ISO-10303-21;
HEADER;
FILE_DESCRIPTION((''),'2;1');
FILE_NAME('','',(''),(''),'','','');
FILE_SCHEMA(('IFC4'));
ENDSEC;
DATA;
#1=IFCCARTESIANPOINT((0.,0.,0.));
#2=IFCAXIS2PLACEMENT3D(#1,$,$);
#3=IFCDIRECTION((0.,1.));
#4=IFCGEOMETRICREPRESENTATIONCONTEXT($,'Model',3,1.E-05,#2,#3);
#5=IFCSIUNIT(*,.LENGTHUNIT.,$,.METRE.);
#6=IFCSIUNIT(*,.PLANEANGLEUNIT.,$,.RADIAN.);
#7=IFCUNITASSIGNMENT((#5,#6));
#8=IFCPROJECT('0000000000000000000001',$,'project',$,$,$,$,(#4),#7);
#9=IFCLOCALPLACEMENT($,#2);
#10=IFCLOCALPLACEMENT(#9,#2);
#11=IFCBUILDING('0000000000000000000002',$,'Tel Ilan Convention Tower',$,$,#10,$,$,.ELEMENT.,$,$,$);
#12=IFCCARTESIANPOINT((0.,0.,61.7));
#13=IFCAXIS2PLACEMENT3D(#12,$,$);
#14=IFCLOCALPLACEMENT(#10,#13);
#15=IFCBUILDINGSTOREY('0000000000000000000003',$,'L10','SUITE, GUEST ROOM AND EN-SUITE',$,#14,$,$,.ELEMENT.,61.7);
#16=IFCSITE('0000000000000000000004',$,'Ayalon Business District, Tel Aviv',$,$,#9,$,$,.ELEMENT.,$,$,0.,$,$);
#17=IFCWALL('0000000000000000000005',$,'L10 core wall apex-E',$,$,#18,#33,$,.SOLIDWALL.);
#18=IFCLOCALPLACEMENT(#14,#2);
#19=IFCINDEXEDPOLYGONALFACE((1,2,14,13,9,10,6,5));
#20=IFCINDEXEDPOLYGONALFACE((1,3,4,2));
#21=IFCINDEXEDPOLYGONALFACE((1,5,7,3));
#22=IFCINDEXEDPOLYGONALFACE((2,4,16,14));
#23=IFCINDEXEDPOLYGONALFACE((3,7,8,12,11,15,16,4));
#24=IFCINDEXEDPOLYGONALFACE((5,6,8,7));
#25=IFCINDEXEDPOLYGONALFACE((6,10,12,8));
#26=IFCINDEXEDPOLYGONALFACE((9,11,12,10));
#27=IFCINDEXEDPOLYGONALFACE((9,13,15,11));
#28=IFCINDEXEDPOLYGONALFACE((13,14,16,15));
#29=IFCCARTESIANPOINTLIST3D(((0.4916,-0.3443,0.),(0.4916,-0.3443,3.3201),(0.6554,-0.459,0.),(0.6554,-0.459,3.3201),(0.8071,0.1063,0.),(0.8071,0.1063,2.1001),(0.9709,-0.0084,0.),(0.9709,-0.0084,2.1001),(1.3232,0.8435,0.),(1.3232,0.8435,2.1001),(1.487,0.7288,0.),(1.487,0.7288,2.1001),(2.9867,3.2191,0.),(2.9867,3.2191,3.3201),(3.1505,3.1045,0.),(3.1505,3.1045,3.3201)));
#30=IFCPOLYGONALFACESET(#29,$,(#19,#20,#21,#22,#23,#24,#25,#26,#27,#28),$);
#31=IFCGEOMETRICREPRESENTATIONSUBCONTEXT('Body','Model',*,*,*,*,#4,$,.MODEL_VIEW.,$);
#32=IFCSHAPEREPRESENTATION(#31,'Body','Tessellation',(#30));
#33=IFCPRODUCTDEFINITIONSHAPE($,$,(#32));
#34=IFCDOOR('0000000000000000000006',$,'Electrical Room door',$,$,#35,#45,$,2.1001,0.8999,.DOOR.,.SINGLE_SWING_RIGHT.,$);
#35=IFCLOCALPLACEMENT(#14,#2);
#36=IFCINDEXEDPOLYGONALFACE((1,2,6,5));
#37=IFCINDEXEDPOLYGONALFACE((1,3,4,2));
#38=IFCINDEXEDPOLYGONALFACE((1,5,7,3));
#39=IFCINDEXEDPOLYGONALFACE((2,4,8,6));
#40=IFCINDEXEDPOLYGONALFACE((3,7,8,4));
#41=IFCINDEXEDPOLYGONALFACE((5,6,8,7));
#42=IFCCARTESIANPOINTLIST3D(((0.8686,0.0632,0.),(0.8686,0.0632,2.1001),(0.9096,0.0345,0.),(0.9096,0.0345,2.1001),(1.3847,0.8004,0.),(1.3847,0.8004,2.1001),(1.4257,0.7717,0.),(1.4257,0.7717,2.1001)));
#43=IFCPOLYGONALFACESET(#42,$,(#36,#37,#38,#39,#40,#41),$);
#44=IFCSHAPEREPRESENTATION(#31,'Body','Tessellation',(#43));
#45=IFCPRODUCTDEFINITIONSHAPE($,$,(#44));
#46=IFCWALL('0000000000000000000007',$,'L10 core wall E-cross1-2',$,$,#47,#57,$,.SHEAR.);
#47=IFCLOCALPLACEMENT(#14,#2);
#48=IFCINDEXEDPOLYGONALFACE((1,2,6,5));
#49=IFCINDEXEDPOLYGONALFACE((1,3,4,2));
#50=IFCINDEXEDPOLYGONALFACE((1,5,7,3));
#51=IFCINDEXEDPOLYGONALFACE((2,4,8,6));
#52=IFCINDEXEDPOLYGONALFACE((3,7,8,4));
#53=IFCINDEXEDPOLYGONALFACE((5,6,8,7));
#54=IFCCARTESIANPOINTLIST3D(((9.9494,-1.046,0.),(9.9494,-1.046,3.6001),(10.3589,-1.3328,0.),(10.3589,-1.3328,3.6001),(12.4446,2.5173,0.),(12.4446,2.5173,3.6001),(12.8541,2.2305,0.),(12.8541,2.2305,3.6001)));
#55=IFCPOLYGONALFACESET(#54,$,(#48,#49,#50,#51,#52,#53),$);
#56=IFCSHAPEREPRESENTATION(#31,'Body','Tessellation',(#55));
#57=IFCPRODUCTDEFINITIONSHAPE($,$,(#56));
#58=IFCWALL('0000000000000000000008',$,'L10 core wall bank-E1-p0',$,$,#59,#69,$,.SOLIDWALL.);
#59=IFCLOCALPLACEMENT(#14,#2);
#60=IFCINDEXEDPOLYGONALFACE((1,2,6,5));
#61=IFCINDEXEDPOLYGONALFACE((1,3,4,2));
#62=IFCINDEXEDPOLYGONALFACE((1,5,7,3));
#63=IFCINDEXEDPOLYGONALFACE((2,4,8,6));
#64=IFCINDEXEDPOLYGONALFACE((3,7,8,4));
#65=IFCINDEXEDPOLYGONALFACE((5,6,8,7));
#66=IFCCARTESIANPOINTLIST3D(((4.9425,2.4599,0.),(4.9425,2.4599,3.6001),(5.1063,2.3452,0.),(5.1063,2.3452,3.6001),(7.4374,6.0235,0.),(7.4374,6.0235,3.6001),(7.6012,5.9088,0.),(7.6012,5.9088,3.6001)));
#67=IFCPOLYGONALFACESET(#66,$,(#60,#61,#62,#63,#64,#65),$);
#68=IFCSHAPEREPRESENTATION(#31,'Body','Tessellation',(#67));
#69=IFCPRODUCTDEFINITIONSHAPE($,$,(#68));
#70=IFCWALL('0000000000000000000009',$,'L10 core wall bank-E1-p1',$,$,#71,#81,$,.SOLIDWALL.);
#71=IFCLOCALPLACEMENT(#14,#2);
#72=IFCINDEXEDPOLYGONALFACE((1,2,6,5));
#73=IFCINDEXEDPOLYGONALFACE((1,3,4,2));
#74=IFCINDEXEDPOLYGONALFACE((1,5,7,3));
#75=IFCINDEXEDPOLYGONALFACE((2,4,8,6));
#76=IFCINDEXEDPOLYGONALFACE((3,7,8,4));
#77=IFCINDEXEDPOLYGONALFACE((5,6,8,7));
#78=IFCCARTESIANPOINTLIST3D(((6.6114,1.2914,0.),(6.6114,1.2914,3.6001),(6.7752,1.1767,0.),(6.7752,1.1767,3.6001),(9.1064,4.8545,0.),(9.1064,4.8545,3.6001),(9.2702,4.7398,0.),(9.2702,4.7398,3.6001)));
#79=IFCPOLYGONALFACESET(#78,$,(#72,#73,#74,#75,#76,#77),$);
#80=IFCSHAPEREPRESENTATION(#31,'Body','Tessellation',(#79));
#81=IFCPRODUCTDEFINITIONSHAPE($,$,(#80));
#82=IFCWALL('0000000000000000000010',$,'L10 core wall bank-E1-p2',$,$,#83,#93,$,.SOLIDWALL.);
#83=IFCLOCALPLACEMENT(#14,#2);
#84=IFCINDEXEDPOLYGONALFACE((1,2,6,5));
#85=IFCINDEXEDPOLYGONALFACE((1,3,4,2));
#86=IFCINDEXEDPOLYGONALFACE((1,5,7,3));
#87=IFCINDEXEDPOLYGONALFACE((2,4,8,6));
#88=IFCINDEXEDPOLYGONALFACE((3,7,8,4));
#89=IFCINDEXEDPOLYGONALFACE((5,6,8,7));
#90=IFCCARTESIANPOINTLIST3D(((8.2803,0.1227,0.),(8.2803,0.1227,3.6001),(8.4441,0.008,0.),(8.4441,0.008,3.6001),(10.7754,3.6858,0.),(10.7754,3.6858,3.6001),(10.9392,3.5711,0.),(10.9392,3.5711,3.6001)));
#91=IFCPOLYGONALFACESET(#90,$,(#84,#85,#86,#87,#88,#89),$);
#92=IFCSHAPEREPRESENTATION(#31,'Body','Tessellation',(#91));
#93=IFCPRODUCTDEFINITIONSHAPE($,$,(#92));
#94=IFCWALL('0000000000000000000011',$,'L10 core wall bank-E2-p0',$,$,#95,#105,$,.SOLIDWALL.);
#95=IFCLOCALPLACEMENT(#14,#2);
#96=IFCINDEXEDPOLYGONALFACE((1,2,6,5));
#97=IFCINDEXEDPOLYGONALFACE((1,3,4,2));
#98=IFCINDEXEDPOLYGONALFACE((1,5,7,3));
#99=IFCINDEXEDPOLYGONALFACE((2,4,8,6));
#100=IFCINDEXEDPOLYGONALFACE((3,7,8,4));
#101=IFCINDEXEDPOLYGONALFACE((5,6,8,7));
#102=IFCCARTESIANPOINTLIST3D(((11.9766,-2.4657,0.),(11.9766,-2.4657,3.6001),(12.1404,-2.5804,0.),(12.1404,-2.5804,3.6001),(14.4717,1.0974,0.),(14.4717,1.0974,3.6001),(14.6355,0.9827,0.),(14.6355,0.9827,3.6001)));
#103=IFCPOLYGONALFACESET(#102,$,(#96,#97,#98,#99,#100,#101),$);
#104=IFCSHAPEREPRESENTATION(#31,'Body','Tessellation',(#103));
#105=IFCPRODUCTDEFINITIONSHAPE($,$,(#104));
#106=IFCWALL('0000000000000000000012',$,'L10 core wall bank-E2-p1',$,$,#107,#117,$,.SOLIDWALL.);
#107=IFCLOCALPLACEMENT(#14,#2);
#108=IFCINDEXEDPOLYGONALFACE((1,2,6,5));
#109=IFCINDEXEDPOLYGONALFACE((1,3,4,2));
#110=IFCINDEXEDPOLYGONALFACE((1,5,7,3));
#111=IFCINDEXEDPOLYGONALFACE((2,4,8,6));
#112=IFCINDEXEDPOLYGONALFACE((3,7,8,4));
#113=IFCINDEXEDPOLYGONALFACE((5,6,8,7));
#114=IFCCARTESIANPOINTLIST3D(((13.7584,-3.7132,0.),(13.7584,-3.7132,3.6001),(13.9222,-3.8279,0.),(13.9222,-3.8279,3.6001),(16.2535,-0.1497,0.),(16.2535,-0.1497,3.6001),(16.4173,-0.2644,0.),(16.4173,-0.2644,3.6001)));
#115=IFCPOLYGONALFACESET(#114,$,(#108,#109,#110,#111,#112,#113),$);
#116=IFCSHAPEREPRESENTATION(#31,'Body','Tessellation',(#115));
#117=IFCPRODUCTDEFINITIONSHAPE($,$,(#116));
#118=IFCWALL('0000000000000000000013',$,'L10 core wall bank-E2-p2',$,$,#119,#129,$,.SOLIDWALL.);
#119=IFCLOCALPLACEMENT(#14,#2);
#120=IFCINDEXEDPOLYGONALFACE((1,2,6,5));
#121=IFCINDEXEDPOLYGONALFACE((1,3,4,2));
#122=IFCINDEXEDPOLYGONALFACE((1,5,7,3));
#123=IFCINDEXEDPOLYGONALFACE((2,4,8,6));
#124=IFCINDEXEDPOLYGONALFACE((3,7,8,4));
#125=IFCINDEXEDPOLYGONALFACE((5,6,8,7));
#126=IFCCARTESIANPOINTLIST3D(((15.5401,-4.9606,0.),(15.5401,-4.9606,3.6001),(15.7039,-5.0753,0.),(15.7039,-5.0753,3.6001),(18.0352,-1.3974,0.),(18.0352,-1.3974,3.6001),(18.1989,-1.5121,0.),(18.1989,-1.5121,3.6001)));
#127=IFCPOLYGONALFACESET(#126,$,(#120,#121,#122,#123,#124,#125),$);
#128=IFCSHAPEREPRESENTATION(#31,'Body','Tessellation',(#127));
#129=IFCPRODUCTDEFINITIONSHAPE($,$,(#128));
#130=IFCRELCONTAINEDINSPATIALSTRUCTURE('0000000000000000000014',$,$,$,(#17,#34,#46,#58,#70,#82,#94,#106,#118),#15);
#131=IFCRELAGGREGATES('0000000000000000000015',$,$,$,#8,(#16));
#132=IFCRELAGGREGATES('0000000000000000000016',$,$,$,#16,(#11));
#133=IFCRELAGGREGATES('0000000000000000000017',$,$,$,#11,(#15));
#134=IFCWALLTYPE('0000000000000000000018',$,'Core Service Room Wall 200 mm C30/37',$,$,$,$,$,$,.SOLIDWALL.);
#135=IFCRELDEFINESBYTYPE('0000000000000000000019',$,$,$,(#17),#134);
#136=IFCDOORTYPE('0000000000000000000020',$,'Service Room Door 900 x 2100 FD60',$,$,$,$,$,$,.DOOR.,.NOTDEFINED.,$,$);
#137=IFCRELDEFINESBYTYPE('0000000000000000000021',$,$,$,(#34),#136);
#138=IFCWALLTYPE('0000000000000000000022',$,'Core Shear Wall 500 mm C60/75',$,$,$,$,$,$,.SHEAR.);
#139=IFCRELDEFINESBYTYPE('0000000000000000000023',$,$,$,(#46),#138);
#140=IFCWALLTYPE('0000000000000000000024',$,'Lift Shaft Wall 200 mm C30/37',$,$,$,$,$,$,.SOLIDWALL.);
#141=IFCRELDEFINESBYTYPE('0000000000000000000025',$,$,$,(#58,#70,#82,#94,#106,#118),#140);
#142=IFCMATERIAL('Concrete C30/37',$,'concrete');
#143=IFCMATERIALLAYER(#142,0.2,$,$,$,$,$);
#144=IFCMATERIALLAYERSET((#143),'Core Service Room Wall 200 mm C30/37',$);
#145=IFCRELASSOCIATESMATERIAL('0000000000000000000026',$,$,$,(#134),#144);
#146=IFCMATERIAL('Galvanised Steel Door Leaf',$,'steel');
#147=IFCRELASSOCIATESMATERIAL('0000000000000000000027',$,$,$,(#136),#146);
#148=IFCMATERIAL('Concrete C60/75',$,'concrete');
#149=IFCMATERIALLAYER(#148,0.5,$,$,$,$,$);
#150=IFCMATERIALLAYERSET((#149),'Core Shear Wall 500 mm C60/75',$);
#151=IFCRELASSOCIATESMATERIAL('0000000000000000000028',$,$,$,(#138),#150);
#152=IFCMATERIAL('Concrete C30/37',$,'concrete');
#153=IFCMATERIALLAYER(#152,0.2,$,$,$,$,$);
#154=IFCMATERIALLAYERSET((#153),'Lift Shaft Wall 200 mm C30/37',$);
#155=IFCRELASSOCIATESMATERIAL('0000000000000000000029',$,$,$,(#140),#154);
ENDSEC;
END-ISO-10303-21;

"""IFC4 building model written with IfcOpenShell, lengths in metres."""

from ifc_helpers import new_model, si_unit, direction, frame, frame_2d, origin, place, context, subcontext, project, spatial, polyline, rectangle, outline, extrude, material, layer, layer_set, type_object, element, fill, save


model = new_model("IFC4")

# Units and contexts
model_context = context("Model", 3, precision=1e-05, world=origin(), true_north=direction((0.0, 1.0)))
body_context = subcontext(model_context, "Body", "Model", "MODEL_VIEW")
ifc_project = project(units=[si_unit("LENGTHUNIT", "METRE"), si_unit("PLANEANGLEUNIT", "RADIAN")], contexts=[model_context])

# Site, building, storey
site_placement = place(None, origin())
site = spatial("IfcSite", under=ifc_project, at=site_placement, Name="Ayalon Business District, Tel Aviv", CompositionType="ELEMENT", RefElevation=0.0)
building_placement = place(site_placement, origin())
building = spatial("IfcBuilding", under=site, at=building_placement, Name="Tel Ilan Convention Tower", CompositionType="ELEMENT")
storey_placement = place(building_placement, frame((0.0, 0.0, 61.7)))
storey = spatial("IfcBuildingStorey", under=building, at=storey_placement, Name="L10", Description="SUITE, GUEST ROOM AND EN-SUITE", CompositionType="ELEMENT", Elevation=61.7)

# Wall, opening, door
ifc_material_1 = material(Name="Concrete C30/37", Category="concrete")
ifc_layer_1 = layer(ifc_material_1, 0.2)
ifc_layer_set_1 = layer_set([ifc_layer_1], Name="Core Service Room Wall 200 mm C30/37")
wall_type_1 = type_object("IfcWallType", Name="Core Service Room Wall 200 mm C30/37", PredefinedType="SOLIDWALL", material=ifc_layer_set_1)
wall_1_placement = place(storey_placement, frame((0.5735, -0.4016, 0.0), z_axis=(0.0, 0.0, 1.0), x_axis=(0.573568, 0.819158, 0.0)))
wall_1 = element("IfcWall", 1, at=wall_1_placement, inside=storey, type_object=wall_type_1, Name="L10 core wall apex-E", PredefinedType="SOLIDWALL", context=body_context, shape_type="SweptSolid", body=[
    extrude(rectangle(XDim=4.3501, YDim=0.2, at=frame_2d((2.175, 0.0))), origin(), (0.0, 0.0, 1.0), 3.3201),
])
opening_1_placement = place(wall_1_placement, frame((0.55, 0.0, 0.0)))
opening_1 = element("IfcOpeningElement", 2, at=opening_1_placement, cuts=wall_1, PredefinedType="OPENING", context=body_context, shape_type="SweptSolid", body=[
    extrude(rectangle(XDim=0.8999, YDim=2.1001, at=frame_2d((0.45, 1.05))), frame((0.0, 0.1099, 0.0), z_axis=(0.0, -1.0, 0.0), x_axis=(1.0, 0.0, 0.0)), (0.0, 0.0, 1.0), 0.22),
])
ifc_material_2 = material(Name="Galvanised Steel Door Leaf", Category="steel")
door_type_1 = type_object("IfcDoorType", Name="Service Room Door 900 x 2100 FD60", OperationType="NOTDEFINED", PredefinedType="DOOR", material=ifc_material_2)
door_1_placement = place(opening_1_placement, origin())
door_1 = element("IfcDoor", 3, at=door_1_placement, inside=storey, type_object=door_type_1, Name="Electrical Room door", OperationType="SINGLE_SWING_RIGHT", OverallHeight=2.1001, OverallWidth=0.8999, PredefinedType="DOOR", context=body_context, shape_type="SweptSolid", body=[
    extrude(rectangle(XDim=0.8999, YDim=2.1001, at=frame_2d((0.45, 1.05))), frame((0.0, 0.0249, 0.0), z_axis=(0.0, -1.0, 0.0), x_axis=(1.0, 0.0, 0.0)), (0.0, 0.0, 1.0), 0.05),
])
fill(opening_1, door_1)

# Walls
ifc_material_3 = material(Name="Concrete C60/75", Category="concrete")
ifc_layer_2 = layer(ifc_material_3, 0.5)
ifc_layer_set_2 = layer_set([ifc_layer_2], Name="Core Shear Wall 500 mm C60/75")
wall_type_2 = type_object("IfcWallType", Name="Core Shear Wall 500 mm C60/75", PredefinedType="SHEAR", material=ifc_layer_set_2)
wall_2_placement = place(storey_placement, frame((10.1543, -1.1892, 0.0), z_axis=(0.0, 0.0, 1.0), x_axis=(0.573594, 0.81914, 0.0)))
element("IfcWall", 4, at=wall_2_placement, inside=storey, type_object=wall_type_2, Name="L10 core wall E-cross1-2", PredefinedType="SHEAR", context=body_context, shape_type="SweptSolid", body=[
    extrude(outline(polyline([(4.3499, -0.25), (4.3499, 0.25), (-0.0002, 0.25), (-0.0002, -0.25), (4.3499, -0.25)])), origin(), (0.0, 0.0, 1.0), 3.6001),
])
ifc_material_4 = material(Name="Concrete C30/37", Category="concrete")
ifc_layer_3 = layer(ifc_material_4, 0.2)
ifc_layer_set_3 = layer_set([ifc_layer_3], Name="Lift Shaft Wall 200 mm C30/37")
wall_type_3 = type_object("IfcWallType", Name="Lift Shaft Wall 200 mm C30/37", PredefinedType="SOLIDWALL", material=ifc_layer_set_3)
wall_3_placement = place(storey_placement, frame((5.0244, 2.4026, 0.0), z_axis=(0.0, 0.0, 1.0), x_axis=(0.57353, 0.819184, 0.0)))
element("IfcWall", 5, at=wall_3_placement, inside=storey, type_object=wall_type_3, Name="L10 core wall bank-E1-p0", PredefinedType="SOLIDWALL", context=body_context, shape_type="SweptSolid", body=[
    extrude(rectangle(XDim=4.3501, YDim=0.2, at=frame_2d((2.175, 0.0))), origin(), (0.0, 0.0, 1.0), 3.6001),
])
for number, where, z_axis, x_axis, name in (
    (6, (6.6934, 1.2341, 0.0), (0.0, 0.0, 1.0), (0.573594, 0.81914, 0.0), "L10 core wall bank-E1-p1"),
    (7, (8.3623, 0.0654, 0.0), (0.0, 0.0, 1.0), (0.573594, 0.81914, 0.0), "L10 core wall bank-E1-p2"),
    (8, (12.0586, -2.5229, 0.0), (0.0, 0.0, 1.0), (0.573594, 0.81914, 0.0), "L10 core wall bank-E2-p0"),
):
    element("IfcWall", number, at=place(storey_placement, frame(where, z_axis=z_axis, x_axis=x_axis)), inside=storey, type_object=wall_type_3, Name=name, PredefinedType="SOLIDWALL", context=body_context, shape_type="SweptSolid", body=[
        extrude(rectangle(XDim=4.3499, YDim=0.2, at=frame_2d((2.1748, 0.0))), origin(), (0.0, 0.0, 1.0), 3.6001),
    ])
wall_4_placement = place(storey_placement, frame((13.8403, -3.7705, 0.0), z_axis=(0.0, 0.0, 1.0), x_axis=(0.573568, 0.819158, 0.0)))
element("IfcWall", 9, at=wall_4_placement, inside=storey, type_object=wall_type_3, Name="L10 core wall bank-E2-p1", PredefinedType="SOLIDWALL", context=body_context, shape_type="SweptSolid", body=[
    extrude(rectangle(XDim=4.3501, YDim=0.2, at=frame_2d((2.175, 0.0))), origin(), (0.0, 0.0, 1.0), 3.6001),
])
wall_5_placement = place(storey_placement, frame((15.6221, -5.0178, 0.0), z_axis=(0.0, 0.0, 1.0), x_axis=(0.573594, 0.81914, 0.0)))
element("IfcWall", 10, at=wall_5_placement, inside=storey, type_object=wall_type_3, Name="L10 core wall bank-E2-p2", PredefinedType="SOLIDWALL", context=body_context, shape_type="SweptSolid", body=[
    extrude(rectangle(XDim=4.3499, YDim=0.2, at=frame_2d((2.1748, 0.0))), origin(), (0.0, 0.0, 1.0), 3.6001),
])

save(model, "model.ifc")
